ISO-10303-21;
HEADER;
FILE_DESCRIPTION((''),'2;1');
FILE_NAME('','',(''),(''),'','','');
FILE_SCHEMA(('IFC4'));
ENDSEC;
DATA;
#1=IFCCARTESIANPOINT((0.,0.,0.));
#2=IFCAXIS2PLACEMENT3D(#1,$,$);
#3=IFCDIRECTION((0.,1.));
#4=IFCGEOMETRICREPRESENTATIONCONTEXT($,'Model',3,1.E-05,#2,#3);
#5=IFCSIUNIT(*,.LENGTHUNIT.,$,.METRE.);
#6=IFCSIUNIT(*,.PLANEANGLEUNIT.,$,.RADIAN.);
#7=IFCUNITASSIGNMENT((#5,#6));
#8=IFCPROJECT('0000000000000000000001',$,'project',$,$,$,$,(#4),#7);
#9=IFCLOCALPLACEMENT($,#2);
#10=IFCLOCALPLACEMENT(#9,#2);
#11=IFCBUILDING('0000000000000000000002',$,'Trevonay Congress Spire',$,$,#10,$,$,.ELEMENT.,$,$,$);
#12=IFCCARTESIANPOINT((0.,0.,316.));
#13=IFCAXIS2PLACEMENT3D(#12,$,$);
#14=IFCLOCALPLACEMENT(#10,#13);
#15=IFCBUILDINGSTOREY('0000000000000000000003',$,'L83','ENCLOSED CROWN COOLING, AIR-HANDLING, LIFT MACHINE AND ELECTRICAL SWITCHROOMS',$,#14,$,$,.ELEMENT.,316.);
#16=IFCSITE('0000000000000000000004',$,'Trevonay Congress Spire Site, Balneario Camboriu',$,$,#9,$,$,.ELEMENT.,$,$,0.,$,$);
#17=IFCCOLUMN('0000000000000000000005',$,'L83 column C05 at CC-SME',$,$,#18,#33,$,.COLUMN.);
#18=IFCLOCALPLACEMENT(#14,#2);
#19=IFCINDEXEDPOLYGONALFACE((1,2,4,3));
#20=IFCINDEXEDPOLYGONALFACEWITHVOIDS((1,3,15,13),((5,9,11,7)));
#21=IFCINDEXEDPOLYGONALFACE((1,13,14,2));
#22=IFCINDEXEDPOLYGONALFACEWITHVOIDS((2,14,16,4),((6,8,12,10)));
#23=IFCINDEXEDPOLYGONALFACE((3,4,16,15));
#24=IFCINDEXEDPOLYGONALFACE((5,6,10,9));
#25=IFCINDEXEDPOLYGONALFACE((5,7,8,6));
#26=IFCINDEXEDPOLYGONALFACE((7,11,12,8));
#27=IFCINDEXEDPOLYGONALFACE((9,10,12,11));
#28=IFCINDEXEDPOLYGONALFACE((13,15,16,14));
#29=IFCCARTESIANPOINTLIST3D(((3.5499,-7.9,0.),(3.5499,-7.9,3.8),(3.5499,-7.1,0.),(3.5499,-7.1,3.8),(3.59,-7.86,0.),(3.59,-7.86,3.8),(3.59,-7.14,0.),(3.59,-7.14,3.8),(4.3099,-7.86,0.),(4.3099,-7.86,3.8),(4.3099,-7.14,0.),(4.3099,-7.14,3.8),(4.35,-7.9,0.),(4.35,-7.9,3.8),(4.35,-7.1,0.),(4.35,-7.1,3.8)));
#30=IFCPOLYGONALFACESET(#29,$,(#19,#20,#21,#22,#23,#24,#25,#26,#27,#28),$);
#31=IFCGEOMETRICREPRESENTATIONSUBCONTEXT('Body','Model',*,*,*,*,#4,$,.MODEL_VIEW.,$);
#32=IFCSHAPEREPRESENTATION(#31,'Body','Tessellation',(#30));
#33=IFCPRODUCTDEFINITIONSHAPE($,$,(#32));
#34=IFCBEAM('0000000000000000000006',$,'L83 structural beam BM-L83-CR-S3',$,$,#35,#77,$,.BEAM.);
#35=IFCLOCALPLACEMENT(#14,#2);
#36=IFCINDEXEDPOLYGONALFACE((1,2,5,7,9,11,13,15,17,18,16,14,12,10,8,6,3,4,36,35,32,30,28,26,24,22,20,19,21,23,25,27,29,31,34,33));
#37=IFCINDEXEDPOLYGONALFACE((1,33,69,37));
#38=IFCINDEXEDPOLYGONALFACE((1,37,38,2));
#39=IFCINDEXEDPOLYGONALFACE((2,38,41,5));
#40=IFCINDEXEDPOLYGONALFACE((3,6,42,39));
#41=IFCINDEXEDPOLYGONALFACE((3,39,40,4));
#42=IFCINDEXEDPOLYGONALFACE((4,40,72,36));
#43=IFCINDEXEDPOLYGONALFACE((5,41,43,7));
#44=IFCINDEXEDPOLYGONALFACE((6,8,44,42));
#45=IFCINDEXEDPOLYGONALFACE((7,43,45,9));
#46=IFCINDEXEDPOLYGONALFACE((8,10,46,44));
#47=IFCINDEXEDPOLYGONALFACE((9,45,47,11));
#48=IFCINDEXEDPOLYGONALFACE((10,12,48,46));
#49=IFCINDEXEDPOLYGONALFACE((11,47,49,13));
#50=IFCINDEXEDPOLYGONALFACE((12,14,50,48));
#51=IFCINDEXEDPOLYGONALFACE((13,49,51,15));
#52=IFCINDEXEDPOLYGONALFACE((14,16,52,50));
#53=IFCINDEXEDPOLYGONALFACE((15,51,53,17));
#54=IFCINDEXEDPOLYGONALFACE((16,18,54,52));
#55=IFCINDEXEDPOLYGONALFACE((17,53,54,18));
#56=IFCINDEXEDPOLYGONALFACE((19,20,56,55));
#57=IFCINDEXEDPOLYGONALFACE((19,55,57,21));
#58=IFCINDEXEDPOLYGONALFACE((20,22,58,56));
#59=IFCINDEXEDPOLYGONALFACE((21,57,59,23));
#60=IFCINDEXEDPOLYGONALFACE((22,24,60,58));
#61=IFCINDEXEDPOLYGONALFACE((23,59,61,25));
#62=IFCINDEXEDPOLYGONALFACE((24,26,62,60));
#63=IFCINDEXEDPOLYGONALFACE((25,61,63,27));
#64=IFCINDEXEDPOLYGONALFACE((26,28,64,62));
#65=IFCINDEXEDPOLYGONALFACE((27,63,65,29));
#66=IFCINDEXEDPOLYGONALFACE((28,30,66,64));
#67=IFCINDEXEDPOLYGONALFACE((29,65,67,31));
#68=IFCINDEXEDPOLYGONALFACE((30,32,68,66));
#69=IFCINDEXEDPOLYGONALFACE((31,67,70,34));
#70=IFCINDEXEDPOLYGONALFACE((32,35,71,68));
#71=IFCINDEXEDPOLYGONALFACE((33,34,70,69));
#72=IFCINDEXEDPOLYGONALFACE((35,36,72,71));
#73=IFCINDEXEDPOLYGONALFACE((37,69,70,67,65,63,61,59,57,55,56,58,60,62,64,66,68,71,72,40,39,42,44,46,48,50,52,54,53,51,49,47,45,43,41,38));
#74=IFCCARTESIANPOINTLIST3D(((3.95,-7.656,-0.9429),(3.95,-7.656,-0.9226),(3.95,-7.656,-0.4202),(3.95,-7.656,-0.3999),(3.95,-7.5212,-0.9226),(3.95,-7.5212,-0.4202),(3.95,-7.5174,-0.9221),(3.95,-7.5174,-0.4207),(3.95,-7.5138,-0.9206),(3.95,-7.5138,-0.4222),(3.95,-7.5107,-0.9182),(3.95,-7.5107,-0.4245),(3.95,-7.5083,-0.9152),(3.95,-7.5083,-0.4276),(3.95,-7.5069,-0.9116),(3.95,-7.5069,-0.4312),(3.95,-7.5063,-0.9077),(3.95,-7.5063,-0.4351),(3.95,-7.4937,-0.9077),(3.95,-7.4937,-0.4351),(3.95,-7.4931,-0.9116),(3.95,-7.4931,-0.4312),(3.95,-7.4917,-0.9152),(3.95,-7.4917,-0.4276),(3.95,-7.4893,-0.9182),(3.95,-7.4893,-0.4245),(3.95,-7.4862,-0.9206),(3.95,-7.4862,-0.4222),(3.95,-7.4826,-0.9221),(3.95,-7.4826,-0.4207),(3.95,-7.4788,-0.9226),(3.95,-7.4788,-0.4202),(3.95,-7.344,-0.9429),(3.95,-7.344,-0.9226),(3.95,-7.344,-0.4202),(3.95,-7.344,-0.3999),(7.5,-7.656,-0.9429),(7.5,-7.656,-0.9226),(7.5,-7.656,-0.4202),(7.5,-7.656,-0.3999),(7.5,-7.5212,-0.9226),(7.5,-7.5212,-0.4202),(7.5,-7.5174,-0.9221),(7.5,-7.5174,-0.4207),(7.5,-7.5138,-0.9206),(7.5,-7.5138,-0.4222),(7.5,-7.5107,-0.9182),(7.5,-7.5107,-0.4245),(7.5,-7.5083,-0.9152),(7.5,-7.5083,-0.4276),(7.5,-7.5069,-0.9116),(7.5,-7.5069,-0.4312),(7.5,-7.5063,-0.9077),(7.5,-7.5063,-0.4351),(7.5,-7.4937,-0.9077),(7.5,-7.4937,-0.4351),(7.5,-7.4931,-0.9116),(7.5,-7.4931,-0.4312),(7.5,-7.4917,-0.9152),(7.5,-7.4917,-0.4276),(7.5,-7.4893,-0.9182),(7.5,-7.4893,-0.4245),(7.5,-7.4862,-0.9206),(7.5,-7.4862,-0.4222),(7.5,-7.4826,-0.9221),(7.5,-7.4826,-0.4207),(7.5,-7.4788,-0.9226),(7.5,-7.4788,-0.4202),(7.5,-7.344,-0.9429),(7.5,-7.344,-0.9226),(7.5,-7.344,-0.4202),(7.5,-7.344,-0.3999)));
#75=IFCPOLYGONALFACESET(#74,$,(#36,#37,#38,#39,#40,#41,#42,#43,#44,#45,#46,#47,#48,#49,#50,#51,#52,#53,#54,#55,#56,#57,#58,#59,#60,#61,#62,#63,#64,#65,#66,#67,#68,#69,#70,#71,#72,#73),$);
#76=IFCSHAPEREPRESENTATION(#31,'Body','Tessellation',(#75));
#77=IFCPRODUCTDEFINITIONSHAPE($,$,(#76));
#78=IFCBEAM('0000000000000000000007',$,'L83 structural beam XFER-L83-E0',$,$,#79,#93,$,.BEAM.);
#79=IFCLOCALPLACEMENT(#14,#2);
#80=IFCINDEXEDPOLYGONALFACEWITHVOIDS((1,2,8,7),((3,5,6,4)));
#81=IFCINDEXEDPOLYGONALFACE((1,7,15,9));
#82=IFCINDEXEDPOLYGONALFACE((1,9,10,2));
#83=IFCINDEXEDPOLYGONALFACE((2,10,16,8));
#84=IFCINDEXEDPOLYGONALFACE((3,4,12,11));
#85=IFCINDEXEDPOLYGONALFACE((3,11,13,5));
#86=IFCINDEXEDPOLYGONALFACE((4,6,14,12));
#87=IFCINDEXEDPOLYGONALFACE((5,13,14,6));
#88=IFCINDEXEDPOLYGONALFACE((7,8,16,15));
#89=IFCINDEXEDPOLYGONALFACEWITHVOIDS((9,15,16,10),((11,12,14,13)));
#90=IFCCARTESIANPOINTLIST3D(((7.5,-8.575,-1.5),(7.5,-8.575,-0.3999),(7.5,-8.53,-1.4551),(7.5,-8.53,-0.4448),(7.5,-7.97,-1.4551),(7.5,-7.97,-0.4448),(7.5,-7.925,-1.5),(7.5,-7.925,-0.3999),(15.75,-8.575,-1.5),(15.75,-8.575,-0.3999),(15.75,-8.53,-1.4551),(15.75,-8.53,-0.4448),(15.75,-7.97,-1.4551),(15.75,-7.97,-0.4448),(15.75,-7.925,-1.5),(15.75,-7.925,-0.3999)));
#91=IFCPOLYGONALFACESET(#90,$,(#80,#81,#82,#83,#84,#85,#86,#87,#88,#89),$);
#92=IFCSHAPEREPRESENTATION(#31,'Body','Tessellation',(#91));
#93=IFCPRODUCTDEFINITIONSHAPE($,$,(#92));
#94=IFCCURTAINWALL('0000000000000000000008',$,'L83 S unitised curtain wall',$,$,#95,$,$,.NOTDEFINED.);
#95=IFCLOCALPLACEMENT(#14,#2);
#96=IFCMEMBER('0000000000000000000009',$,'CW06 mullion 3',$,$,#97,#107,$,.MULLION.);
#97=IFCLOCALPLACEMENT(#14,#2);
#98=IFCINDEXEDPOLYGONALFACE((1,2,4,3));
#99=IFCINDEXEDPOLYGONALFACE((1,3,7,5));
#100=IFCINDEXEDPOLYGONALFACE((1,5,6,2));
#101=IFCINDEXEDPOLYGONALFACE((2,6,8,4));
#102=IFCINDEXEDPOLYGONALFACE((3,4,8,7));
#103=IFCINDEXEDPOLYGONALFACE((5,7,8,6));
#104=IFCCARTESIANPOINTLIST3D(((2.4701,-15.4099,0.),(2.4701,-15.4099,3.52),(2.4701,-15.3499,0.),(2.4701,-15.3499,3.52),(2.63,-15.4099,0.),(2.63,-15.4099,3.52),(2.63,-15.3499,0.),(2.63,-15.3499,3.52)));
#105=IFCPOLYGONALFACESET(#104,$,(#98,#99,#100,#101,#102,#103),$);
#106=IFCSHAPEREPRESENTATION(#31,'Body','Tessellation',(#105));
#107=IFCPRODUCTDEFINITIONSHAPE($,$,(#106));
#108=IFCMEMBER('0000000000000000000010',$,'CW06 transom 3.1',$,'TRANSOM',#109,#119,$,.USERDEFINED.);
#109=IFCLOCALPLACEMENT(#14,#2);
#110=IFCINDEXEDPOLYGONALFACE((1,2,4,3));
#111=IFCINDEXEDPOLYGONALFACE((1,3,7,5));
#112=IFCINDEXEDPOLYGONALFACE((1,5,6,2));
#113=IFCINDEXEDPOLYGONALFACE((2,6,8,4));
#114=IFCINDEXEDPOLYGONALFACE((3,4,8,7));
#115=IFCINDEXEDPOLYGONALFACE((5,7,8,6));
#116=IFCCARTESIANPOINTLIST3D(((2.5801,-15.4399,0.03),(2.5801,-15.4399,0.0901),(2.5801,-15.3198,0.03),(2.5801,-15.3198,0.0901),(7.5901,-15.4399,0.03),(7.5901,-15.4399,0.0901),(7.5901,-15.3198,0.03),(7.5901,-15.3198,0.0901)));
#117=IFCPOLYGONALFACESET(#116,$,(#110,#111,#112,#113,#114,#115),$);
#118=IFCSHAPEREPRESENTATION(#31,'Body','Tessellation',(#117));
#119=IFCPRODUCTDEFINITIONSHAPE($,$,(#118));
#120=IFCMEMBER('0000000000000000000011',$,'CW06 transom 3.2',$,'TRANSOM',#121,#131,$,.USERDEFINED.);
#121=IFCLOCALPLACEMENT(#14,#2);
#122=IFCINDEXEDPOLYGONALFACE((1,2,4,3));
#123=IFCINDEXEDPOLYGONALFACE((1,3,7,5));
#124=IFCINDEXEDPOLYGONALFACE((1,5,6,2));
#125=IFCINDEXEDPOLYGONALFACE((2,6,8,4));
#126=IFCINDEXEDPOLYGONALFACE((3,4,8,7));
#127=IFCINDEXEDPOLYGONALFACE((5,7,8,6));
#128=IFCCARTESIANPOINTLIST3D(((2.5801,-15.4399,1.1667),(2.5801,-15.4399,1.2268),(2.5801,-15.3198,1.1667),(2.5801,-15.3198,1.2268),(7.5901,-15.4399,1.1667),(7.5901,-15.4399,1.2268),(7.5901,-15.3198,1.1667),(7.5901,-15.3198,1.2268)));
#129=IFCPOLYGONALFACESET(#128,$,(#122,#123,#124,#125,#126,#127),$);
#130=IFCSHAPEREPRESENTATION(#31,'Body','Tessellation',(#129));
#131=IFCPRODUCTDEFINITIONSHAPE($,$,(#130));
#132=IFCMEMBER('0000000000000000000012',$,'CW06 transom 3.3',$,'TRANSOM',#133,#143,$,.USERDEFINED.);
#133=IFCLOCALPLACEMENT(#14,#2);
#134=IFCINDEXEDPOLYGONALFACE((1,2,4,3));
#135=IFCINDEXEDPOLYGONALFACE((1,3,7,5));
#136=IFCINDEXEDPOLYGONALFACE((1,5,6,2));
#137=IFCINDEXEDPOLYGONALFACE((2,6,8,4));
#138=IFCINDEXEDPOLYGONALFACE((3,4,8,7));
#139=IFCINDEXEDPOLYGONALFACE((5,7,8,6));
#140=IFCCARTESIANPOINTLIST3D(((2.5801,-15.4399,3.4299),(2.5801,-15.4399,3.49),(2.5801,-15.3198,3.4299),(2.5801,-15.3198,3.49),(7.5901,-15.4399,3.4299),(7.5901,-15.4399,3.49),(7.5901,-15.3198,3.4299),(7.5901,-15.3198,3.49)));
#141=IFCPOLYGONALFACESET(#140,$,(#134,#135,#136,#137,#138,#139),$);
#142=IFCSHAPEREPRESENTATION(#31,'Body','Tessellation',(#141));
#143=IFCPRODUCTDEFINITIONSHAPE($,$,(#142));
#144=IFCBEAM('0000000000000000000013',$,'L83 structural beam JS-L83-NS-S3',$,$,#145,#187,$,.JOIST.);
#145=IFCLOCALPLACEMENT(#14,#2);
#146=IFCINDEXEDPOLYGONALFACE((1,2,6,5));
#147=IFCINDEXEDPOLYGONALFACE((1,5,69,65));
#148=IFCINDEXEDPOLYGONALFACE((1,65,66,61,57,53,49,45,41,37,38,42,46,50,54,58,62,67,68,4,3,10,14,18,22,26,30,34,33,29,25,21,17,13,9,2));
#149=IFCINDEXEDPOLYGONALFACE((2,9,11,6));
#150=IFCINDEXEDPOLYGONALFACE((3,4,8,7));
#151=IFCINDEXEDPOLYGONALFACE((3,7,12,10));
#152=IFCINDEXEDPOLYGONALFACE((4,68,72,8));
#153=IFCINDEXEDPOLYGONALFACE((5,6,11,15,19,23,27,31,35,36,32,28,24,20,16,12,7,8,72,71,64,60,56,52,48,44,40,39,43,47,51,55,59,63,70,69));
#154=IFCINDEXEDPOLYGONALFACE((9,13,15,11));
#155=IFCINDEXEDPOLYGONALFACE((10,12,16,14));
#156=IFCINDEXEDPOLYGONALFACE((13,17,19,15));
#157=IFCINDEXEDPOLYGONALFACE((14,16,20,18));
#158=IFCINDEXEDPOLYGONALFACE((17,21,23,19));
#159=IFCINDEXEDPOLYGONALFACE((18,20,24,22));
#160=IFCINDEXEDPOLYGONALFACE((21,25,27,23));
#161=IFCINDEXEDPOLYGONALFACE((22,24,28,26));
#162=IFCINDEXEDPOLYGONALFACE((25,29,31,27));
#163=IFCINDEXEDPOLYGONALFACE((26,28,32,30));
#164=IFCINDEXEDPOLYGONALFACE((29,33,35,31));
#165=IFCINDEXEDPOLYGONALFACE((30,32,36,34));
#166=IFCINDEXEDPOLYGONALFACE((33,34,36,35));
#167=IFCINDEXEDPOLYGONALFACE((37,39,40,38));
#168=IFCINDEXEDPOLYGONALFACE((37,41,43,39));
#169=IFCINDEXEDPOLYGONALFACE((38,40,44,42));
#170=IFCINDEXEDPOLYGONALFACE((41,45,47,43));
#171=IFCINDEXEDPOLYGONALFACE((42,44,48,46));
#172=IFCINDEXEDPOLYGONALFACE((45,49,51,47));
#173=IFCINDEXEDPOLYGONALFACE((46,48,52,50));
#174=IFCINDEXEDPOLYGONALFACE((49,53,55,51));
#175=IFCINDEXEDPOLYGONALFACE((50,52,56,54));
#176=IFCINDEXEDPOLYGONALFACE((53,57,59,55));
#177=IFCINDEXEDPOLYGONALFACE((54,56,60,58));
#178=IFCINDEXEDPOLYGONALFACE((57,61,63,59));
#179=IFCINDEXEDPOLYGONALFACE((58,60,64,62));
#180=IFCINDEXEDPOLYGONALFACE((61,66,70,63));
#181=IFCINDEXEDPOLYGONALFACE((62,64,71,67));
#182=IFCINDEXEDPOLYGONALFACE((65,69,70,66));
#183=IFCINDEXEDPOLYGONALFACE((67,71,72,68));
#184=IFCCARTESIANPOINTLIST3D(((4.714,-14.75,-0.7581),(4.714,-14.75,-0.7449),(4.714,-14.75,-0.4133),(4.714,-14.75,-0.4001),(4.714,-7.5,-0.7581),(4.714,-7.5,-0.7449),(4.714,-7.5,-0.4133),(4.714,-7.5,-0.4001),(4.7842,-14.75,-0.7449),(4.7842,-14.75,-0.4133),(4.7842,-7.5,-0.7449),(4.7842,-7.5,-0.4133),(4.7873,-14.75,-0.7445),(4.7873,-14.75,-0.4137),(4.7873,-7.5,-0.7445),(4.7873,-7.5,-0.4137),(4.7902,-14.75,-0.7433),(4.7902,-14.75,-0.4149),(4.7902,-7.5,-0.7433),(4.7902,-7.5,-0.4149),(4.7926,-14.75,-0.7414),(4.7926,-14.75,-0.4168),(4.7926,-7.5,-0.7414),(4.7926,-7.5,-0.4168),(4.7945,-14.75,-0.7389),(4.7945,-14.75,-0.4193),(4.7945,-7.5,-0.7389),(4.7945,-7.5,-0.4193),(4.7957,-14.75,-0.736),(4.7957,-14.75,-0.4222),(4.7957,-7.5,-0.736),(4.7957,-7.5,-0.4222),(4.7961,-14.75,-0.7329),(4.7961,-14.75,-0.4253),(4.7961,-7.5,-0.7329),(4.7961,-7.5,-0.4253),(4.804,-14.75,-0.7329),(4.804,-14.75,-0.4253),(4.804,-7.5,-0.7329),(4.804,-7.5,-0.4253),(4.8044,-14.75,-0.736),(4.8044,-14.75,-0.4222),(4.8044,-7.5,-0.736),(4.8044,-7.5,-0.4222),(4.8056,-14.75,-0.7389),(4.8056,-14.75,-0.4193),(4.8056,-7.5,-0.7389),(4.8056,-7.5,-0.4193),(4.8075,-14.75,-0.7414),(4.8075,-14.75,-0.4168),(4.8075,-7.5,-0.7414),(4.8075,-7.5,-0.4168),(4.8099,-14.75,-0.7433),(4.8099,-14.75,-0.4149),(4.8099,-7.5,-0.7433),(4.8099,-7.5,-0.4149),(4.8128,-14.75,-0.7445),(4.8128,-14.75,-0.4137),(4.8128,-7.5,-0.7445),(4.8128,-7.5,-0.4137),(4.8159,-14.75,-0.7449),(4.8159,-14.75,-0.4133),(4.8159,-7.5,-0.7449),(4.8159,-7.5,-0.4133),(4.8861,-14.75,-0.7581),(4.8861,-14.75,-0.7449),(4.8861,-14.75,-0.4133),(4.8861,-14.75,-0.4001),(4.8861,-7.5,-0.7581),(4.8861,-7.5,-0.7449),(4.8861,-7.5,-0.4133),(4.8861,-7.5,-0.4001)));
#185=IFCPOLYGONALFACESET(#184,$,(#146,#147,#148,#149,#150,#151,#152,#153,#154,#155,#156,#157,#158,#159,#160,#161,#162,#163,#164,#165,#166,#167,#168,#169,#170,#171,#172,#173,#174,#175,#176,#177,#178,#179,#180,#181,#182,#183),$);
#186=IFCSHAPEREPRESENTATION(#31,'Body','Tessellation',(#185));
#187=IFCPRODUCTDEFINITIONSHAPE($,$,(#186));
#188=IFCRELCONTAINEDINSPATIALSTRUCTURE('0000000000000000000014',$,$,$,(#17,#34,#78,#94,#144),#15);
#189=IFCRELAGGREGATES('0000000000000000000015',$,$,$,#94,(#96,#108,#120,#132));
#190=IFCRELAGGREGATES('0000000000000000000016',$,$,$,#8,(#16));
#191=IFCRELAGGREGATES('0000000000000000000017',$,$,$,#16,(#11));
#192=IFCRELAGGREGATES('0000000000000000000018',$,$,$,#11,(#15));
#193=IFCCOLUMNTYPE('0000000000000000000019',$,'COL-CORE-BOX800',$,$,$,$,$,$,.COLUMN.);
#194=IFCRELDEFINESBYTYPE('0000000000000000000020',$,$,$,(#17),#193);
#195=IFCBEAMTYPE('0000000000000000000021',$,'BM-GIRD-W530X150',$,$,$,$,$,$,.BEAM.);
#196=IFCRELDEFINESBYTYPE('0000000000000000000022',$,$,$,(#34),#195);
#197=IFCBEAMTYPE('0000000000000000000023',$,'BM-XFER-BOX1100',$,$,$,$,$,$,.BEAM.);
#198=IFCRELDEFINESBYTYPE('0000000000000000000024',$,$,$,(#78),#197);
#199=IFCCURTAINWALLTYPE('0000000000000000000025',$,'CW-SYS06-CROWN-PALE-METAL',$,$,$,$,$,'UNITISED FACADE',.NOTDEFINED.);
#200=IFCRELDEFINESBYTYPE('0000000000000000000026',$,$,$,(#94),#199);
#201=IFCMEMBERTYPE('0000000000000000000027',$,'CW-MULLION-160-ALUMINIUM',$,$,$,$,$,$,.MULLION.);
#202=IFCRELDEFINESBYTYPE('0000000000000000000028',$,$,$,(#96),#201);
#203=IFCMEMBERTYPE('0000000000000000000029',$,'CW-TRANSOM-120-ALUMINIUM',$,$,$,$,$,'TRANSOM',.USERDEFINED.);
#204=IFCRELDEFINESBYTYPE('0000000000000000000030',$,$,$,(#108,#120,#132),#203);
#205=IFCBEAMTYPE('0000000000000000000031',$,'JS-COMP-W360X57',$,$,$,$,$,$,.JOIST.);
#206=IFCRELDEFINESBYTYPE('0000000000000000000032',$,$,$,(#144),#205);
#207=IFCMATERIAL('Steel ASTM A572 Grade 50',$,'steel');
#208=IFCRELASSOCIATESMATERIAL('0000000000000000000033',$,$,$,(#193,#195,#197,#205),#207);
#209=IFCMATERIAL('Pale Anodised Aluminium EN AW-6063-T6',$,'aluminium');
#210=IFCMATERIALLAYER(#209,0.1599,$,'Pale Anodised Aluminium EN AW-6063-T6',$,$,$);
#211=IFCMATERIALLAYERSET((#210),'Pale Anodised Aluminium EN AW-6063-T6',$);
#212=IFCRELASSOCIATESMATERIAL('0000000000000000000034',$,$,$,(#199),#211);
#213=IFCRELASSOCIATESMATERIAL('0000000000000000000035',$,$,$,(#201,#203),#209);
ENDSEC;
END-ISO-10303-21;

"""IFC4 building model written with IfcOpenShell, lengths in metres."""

from ifc_helpers import new_model, si_unit, direction, frame, origin, origin_2d, place, context, subcontext, project, spatial, rectangle, hollow_rectangle, i_section, extrude, material, layer, layer_set, material_profile, profile_set, type_object, element, aggregate, save


model = new_model("IFC4")

# Units and contexts
model_context = context("Model", 3, precision=1e-05, world=origin(), true_north=direction((0.0, 1.0)))
body_context = subcontext(model_context, "Body", "Model", "MODEL_VIEW")
ifc_project = project(units=[si_unit("LENGTHUNIT", "METRE"), si_unit("PLANEANGLEUNIT", "RADIAN")], contexts=[model_context])

# Site, building, storey
site_placement = place(None, origin())
site = spatial("IfcSite", under=ifc_project, at=site_placement, Name="Trevonay Congress Spire Site, Balneario Camboriu", CompositionType="ELEMENT", RefElevation=0.0)
building_placement = place(site_placement, origin())
building = spatial("IfcBuilding", under=site, at=building_placement, Name="Trevonay Congress Spire", CompositionType="ELEMENT")
storey_placement = place(building_placement, frame((0.0, 0.0, 316.0)))
storey = spatial("IfcBuildingStorey", under=building, at=storey_placement, Name="L83", Description="ENCLOSED CROWN COOLING, AIR-HANDLING, LIFT MACHINE AND ELECTRICAL SWITCHROOMS", CompositionType="ELEMENT", Elevation=316.0)

# Column
ifc_material_1 = material(Name="Steel ASTM A572 Grade 50", Category="steel")
ifc_material_profile_1 = material_profile(ifc_material_1, hollow_rectangle(XDim=0.8, YDim=0.8, WallThickness=0.04, at=origin_2d()), Name="BOX 800x800x40")
ifc_profile_set_1 = profile_set([ifc_material_profile_1], Name="Steel ASTM A572 Grade 50")
column_type = type_object("IfcColumnType", Name="COL-CORE-BOX800", PredefinedType="COLUMN", material=ifc_profile_set_1)
column_placement = place(storey_placement, frame((3.95, -7.5, 0.0), z_axis=(0.0, 0.0, 1.0), x_axis=(1.0, 0.0, 0.0)))
element("IfcColumn", 1, at=column_placement, inside=storey, type_object=column_type, Name="L83 column C05 at CC-SME", PredefinedType="COLUMN", context=body_context, shape_type="SweptSolid", body=[
    extrude(hollow_rectangle(XDim=0.8, YDim=0.8, WallThickness=0.04, at=origin_2d()), origin(), (0.0, 0.0, 1.0), 3.8),
])

# Beams
ifc_material_profile_2 = material_profile(ifc_material_1, i_section(OverallWidth=0.312, OverallDepth=0.543, WebThickness=0.0127, FlangeThickness=0.0203, FilletRadius=0.0149, at=origin_2d()), Name="W530x150")
ifc_profile_set_2 = profile_set([ifc_material_profile_2], Name="Steel ASTM A572 Grade 50")
beam_type_1 = type_object("IfcBeamType", Name="BM-GIRD-W530X150", PredefinedType="BEAM", material=ifc_profile_set_2)
beam_1_placement = place(storey_placement, frame((3.95, -7.5, -0.6714), z_axis=(1.0, 0.0, 0.0), x_axis=(0.0, 1.0, 0.0)))
element("IfcBeam", 2, at=beam_1_placement, inside=storey, type_object=beam_type_1, Name="L83 structural beam BM-L83-CR-S3", PredefinedType="BEAM", context=body_context, shape_type="SweptSolid", body=[
    extrude(i_section(OverallWidth=0.312, OverallDepth=0.543, WebThickness=0.0127, FlangeThickness=0.0203, FilletRadius=0.0149, at=origin_2d()), origin(), (0.0, 0.0, 1.0), 3.55),
])
ifc_material_profile_3 = material_profile(ifc_material_1, hollow_rectangle(XDim=0.6499, YDim=1.1001, WallThickness=0.0449, at=origin_2d()), Name="BOX 1100x650x45")
ifc_profile_set_3 = profile_set([ifc_material_profile_3], Name="Steel ASTM A572 Grade 50")
beam_type_2 = type_object("IfcBeamType", Name="BM-XFER-BOX1100", PredefinedType="BEAM", material=ifc_profile_set_3)
beam_2_placement = place(storey_placement, frame((7.5, -8.25, -0.95), z_axis=(1.0, 0.0, 0.0), x_axis=(0.0, 1.0, 0.0)))
element("IfcBeam", 3, at=beam_2_placement, inside=storey, type_object=beam_type_2, Name="L83 structural beam XFER-L83-E0", PredefinedType="BEAM", context=body_context, shape_type="SweptSolid", body=[
    extrude(hollow_rectangle(XDim=0.6499, YDim=1.1001, WallThickness=0.0449, at=origin_2d()), origin(), (0.0, 0.0, 1.0), 8.25),
])

# Curtain wall, members
ifc_material_2 = material(Name="Pale Anodised Aluminium EN AW-6063-T6", Category="aluminium")
ifc_layer_1 = layer(ifc_material_2, 0.1599, Name="Pale Anodised Aluminium EN AW-6063-T6")
ifc_layer_set_1 = layer_set([ifc_layer_1], Name="Pale Anodised Aluminium EN AW-6063-T6")
curtain_wall_type = type_object("IfcCurtainWallType", Name="CW-SYS06-CROWN-PALE-METAL", ElementType="UNITISED FACADE", PredefinedType="NOTDEFINED", material=ifc_layer_set_1)
curtain_wall_placement = place(storey_placement, origin())
curtain_wall = element("IfcCurtainWall", 4, at=curtain_wall_placement, inside=storey, type_object=curtain_wall_type, Name="L83 S unitised curtain wall", PredefinedType="NOTDEFINED")
ifc_material_profile_4 = material_profile(ifc_material_2, rectangle(XDim=0.0601, YDim=0.1599, at=origin_2d()), Name="CW-MULLION-160-ALUMINIUM")
ifc_profile_set_4 = profile_set([ifc_material_profile_4], Name="Pale Anodised Aluminium EN AW-6063-T6")
member_type_1 = type_object("IfcMemberType", Name="CW-MULLION-160-ALUMINIUM", PredefinedType="MULLION", material=ifc_profile_set_4)
member_1_placement = place(storey_placement, frame((2.55, -15.3799, 0.0), z_axis=(0.0, 0.0, 1.0), x_axis=(0.0, 1.0, 0.0)))
member_1 = element("IfcMember", 5, at=member_1_placement, type_object=member_type_1, Name="CW06 mullion 3", PredefinedType="MULLION", context=body_context, shape_type="SweptSolid", body=[
    extrude(rectangle(XDim=0.0601, YDim=0.1599, at=origin_2d()), origin(), (0.0, 0.0, 1.0), 3.52),
])
ifc_material_profile_5 = material_profile(ifc_material_2, rectangle(XDim=0.1201, YDim=0.0601, at=origin_2d()), Name="CW-TRANSOM-120-ALUMINIUM")
ifc_profile_set_5 = profile_set([ifc_material_profile_5], Name="Pale Anodised Aluminium EN AW-6063-T6")
member_type_2 = type_object("IfcMemberType", Name="CW-TRANSOM-120-ALUMINIUM", ElementType="TRANSOM", PredefinedType="USERDEFINED", material=ifc_profile_set_5)
member_2_placement = place(storey_placement, frame((2.5801, -15.3799, 0.0601), z_axis=(1.0, 0.0, 0.0), x_axis=(0.0, 1.0, 0.0)))
member_2 = element("IfcMember", 6, at=member_2_placement, type_object=member_type_2, Name="CW06 transom 3.1", ObjectType="TRANSOM", PredefinedType="USERDEFINED", context=body_context, shape_type="SweptSolid", body=[
    extrude(rectangle(XDim=0.1201, YDim=0.0601, at=origin_2d()), origin(), (0.0, 0.0, 1.0), 5.01),
])
member_3_placement = place(storey_placement, frame((2.5801, -15.3799, 1.1968), z_axis=(1.0, 0.0, 0.0), x_axis=(0.0, 1.0, 0.0)))
member_3 = element("IfcMember", 7, at=member_3_placement, type_object=member_type_2, Name="CW06 transom 3.2", ObjectType="TRANSOM", PredefinedType="USERDEFINED", context=body_context, shape_type="SweptSolid", body=[
    extrude(rectangle(XDim=0.1201, YDim=0.0601, at=origin_2d()), origin(), (0.0, 0.0, 1.0), 5.01),
])
member_4_placement = place(storey_placement, frame((2.5801, -15.3799, 3.46), z_axis=(1.0, 0.0, 0.0), x_axis=(0.0, 1.0, 0.0)))
member_4 = element("IfcMember", 8, at=member_4_placement, type_object=member_type_2, Name="CW06 transom 3.3", ObjectType="TRANSOM", PredefinedType="USERDEFINED", context=body_context, shape_type="SweptSolid", body=[
    extrude(rectangle(XDim=0.1201, YDim=0.0601, at=origin_2d()), origin(), (0.0, 0.0, 1.0), 5.01),
])

# Beam
ifc_material_profile_6 = material_profile(ifc_material_1, i_section(OverallWidth=0.1721, OverallDepth=0.3579, WebThickness=0.0078, FlangeThickness=0.0132, FilletRadius=0.012, at=origin_2d()), Name="W360x57.8")
ifc_profile_set_6 = profile_set([ifc_material_profile_6], Name="Steel ASTM A572 Grade 50")
beam_type_3 = type_object("IfcBeamType", Name="JS-COMP-W360X57", PredefinedType="JOIST", material=ifc_profile_set_6)
beam_3_placement = place(storey_placement, frame((4.8, -14.75, -0.5791), z_axis=(0.0, 1.0, 0.0), x_axis=(-1.0, 0.0, 0.0)))
element("IfcBeam", 9, at=beam_3_placement, inside=storey, type_object=beam_type_3, Name="L83 structural beam JS-L83-NS-S3", PredefinedType="JOIST", context=body_context, shape_type="SweptSolid", body=[
    extrude(i_section(OverallWidth=0.1721, OverallDepth=0.3579, WebThickness=0.0078, FlangeThickness=0.0132, FilletRadius=0.012, at=origin_2d()), origin(), (0.0, 0.0, 1.0), 7.25),
])

aggregate(curtain_wall, [member_1, member_2, member_3, member_4])

save(model, "model.ifc")
